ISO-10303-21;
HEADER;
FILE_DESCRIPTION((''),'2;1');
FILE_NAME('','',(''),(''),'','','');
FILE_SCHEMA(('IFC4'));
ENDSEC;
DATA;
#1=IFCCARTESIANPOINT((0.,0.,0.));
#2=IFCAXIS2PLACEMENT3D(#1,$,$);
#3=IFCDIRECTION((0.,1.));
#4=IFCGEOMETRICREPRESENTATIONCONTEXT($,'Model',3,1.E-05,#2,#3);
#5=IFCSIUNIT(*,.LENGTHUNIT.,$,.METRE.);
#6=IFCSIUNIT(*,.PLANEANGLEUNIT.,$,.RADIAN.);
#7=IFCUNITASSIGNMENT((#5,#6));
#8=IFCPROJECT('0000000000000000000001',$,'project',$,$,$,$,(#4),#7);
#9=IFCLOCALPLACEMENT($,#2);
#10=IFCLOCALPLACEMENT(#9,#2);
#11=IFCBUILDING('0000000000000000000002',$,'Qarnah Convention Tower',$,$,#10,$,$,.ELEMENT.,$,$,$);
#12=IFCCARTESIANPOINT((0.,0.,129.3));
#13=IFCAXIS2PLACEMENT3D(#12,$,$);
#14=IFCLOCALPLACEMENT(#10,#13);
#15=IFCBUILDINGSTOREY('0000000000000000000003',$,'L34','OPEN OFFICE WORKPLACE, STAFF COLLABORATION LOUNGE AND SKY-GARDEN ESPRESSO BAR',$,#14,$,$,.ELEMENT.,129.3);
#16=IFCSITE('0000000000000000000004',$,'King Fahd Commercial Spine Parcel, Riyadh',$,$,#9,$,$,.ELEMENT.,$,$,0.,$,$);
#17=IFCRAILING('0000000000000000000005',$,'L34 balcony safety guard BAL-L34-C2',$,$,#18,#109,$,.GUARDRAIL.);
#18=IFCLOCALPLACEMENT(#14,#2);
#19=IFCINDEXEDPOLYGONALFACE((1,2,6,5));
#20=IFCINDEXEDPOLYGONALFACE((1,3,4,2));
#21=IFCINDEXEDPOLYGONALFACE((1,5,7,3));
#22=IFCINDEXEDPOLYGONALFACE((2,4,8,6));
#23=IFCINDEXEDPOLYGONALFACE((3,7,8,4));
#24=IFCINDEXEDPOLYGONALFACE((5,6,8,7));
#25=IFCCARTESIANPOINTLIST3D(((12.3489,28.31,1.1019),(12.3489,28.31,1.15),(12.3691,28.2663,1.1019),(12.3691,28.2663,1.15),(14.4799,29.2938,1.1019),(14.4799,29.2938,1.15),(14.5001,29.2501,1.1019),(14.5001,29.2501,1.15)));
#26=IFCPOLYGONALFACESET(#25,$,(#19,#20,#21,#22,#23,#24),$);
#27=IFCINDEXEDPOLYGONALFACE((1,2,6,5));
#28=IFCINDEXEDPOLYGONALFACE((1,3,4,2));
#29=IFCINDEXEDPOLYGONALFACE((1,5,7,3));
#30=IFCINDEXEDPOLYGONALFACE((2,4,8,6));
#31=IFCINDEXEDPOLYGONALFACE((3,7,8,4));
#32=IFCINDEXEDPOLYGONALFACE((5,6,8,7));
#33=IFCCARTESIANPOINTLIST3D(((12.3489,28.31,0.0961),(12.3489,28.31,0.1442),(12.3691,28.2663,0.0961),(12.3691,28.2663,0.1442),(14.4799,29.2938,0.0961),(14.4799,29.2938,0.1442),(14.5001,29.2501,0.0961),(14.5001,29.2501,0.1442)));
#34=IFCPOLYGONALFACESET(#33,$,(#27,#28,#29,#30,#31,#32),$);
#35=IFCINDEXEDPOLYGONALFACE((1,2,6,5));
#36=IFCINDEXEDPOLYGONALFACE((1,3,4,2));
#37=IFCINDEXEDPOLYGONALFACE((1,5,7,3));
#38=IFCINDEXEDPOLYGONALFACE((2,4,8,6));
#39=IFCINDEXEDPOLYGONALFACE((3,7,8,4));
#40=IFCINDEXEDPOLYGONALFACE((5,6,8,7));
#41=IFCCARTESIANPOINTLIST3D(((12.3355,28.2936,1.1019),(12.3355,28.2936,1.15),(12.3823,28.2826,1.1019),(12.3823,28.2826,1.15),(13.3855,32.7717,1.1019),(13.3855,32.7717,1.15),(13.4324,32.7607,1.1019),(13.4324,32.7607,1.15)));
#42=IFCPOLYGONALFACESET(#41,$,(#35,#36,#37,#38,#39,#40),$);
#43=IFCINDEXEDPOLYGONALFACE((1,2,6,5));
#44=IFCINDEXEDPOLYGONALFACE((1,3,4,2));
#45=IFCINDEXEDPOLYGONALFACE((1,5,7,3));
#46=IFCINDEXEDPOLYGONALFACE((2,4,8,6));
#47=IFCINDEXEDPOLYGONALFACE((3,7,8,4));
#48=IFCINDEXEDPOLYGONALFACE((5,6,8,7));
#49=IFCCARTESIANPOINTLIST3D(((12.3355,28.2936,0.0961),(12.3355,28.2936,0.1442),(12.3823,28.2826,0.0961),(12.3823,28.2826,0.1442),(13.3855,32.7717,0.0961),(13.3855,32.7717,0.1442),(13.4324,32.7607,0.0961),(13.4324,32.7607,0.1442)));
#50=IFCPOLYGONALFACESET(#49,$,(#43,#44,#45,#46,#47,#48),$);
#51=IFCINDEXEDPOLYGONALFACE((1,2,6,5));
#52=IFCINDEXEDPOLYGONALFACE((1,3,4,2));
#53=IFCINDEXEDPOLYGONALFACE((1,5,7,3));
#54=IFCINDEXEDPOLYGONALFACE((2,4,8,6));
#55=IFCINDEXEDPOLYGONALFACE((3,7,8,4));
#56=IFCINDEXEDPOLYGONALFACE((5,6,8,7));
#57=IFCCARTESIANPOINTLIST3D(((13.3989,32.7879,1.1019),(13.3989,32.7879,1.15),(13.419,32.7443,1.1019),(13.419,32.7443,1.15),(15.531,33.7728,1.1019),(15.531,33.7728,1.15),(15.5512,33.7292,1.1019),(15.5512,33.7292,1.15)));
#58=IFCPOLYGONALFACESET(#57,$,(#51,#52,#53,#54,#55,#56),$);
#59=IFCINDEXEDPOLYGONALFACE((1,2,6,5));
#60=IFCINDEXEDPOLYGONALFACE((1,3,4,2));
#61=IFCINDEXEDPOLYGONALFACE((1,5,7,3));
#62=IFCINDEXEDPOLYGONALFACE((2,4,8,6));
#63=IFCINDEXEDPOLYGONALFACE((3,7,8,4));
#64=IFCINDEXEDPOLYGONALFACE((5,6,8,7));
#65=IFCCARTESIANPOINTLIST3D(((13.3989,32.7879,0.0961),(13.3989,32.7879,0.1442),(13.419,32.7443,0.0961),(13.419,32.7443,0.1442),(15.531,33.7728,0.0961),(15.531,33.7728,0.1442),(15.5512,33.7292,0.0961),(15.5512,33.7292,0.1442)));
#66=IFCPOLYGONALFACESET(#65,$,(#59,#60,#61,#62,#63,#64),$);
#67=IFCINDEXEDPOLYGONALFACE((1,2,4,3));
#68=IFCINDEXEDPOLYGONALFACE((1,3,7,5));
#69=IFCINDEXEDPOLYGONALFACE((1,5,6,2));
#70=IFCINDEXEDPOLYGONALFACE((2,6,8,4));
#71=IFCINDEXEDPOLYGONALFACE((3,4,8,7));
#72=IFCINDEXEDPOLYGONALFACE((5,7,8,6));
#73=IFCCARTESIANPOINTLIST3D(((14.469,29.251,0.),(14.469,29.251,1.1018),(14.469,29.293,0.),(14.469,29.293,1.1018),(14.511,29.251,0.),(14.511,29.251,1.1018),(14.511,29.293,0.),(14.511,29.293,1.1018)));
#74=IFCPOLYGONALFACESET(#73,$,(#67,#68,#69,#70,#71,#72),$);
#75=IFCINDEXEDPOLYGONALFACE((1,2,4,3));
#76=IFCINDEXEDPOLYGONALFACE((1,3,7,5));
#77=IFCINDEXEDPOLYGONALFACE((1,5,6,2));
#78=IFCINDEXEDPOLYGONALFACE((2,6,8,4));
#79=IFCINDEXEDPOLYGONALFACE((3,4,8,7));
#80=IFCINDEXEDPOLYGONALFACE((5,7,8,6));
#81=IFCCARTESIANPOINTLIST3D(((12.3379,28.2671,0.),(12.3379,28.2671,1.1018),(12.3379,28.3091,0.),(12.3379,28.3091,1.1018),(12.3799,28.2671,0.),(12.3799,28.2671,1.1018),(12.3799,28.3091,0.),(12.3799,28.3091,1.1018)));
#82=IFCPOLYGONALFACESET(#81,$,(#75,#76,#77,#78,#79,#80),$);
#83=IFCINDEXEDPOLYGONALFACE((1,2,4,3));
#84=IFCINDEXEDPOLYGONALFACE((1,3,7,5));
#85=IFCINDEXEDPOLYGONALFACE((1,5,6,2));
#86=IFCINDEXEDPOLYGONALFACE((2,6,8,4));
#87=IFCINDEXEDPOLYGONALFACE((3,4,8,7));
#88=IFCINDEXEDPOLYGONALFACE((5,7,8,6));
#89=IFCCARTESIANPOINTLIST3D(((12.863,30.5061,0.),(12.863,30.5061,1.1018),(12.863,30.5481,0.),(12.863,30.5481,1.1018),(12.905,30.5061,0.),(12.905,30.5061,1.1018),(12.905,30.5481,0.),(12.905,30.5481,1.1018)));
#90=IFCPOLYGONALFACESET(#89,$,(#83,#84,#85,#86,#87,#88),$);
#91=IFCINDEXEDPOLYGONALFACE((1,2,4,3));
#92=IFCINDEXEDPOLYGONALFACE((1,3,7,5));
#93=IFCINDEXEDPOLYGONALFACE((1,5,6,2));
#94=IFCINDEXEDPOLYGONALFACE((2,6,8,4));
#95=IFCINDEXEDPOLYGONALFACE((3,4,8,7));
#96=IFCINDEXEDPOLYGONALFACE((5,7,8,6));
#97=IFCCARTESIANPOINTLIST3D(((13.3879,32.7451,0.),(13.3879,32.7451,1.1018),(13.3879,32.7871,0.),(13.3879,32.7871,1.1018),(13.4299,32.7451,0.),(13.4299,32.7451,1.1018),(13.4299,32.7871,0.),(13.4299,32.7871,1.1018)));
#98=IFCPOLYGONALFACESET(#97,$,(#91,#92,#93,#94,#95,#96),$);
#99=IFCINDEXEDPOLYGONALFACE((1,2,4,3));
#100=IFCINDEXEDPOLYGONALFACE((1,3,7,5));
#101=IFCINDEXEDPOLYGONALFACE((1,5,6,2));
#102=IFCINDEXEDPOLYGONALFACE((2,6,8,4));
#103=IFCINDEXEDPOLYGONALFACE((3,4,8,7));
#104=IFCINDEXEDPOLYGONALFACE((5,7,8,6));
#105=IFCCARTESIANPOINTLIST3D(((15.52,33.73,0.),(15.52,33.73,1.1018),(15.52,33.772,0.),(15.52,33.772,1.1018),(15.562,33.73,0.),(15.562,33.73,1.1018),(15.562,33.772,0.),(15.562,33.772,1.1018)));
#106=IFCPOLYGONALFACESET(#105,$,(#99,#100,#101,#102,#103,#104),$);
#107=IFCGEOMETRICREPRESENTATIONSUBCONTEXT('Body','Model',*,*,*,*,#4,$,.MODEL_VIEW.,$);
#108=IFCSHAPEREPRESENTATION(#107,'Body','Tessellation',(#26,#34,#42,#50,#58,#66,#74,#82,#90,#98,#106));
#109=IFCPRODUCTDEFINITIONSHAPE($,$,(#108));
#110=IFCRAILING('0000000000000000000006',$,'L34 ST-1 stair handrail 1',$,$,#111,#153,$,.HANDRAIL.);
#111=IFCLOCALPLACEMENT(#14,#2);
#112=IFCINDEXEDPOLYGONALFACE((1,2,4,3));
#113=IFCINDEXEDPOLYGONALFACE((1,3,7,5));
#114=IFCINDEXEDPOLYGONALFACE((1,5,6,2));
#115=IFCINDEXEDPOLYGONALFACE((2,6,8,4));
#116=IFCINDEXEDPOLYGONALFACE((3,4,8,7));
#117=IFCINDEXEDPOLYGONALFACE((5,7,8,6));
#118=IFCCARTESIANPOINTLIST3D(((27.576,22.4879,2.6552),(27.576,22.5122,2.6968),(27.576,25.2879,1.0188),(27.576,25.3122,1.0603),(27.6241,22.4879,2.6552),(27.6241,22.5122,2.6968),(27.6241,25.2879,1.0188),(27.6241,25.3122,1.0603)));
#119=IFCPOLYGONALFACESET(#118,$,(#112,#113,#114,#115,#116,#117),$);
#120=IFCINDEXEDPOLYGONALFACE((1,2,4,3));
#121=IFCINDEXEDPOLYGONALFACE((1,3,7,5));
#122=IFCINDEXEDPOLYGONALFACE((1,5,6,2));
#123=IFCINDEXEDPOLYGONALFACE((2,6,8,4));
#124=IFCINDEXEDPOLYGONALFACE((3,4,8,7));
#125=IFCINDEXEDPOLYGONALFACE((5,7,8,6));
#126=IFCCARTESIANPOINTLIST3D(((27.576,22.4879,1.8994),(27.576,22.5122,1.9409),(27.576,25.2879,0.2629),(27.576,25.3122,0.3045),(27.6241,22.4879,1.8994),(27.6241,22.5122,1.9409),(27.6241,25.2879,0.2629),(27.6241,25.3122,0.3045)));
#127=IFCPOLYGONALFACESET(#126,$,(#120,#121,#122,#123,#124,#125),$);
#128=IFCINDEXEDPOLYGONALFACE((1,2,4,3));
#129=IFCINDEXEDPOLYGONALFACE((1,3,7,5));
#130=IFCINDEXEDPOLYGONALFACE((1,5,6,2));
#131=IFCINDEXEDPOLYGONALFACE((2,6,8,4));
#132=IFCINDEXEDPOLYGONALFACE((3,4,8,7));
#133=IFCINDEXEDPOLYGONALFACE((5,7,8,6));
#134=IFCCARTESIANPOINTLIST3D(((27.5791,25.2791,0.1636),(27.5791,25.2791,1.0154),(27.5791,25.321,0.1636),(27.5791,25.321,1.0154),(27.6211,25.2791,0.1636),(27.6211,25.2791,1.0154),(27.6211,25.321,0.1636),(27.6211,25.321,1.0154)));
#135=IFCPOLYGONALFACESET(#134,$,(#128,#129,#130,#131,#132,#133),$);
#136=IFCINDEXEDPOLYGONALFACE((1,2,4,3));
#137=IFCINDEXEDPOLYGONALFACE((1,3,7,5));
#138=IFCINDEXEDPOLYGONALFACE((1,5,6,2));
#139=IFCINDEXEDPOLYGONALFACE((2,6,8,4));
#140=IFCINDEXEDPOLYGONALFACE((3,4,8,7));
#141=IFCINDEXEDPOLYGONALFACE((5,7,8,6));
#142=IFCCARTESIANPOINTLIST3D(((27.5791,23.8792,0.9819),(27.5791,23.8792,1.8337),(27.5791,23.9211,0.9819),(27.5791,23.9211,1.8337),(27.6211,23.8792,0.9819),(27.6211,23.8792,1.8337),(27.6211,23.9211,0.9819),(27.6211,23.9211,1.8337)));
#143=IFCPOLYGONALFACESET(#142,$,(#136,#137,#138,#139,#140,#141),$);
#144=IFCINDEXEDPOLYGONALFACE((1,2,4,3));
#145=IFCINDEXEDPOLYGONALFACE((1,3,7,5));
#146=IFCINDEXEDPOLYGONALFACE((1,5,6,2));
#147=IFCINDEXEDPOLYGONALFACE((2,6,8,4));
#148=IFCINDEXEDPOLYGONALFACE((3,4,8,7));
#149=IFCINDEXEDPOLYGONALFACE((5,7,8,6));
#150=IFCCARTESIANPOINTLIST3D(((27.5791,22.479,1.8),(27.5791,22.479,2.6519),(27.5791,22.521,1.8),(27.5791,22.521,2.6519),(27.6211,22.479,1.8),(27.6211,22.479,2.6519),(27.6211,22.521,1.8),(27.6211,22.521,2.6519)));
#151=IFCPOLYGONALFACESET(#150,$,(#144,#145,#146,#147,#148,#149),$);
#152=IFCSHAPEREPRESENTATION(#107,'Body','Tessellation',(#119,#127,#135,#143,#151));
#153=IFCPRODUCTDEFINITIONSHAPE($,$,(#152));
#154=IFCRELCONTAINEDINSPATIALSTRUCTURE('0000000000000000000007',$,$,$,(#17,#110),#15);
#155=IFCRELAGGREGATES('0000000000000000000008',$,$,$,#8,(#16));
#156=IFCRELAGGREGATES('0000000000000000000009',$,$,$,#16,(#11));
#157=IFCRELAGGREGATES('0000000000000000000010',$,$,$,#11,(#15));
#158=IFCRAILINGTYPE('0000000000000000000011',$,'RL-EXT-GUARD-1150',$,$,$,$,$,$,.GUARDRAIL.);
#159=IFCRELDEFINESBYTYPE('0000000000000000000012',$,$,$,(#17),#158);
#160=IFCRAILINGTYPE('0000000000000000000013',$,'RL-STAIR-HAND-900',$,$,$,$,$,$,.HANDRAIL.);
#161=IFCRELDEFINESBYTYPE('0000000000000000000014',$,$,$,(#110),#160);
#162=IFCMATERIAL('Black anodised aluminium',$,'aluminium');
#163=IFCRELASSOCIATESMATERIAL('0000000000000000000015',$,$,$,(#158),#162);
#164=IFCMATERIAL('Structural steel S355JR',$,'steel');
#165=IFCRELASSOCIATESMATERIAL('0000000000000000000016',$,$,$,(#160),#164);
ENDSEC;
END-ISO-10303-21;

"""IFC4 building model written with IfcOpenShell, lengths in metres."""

from ifc_helpers import new_model, si_unit, direction, frame, origin, origin_2d, place, context, subcontext, project, spatial, rectangle, extrude, material, type_object, element, save


model = new_model("IFC4")

# Units and contexts
model_context = context("Model", 3, precision=1e-05, world=origin(), true_north=direction((0.0, 1.0)))
body_context = subcontext(model_context, "Body", "Model", "MODEL_VIEW")
ifc_project = project(units=[si_unit("LENGTHUNIT", "METRE"), si_unit("PLANEANGLEUNIT", "RADIAN")], contexts=[model_context])

# Site, building, storey
site_placement = place(None, origin())
site = spatial("IfcSite", under=ifc_project, at=site_placement, Name="King Fahd Commercial Spine Parcel, Riyadh", CompositionType="ELEMENT", RefElevation=0.0)
building_placement = place(site_placement, origin())
building = spatial("IfcBuilding", under=site, at=building_placement, Name="Qarnah Convention Tower", CompositionType="ELEMENT")
storey_placement = place(building_placement, frame((0.0, 0.0, 129.3)))
storey = spatial("IfcBuildingStorey", under=building, at=storey_placement, Name="L34", Description="OPEN OFFICE WORKPLACE, STAFF COLLABORATION LOUNGE AND SKY-GARDEN ESPRESSO BAR", CompositionType="ELEMENT", Elevation=129.3)

# Shared definitions
ifc_material_1 = material(Name="Structural steel S355JR", Category="steel")

# Shared definitions
ifc_material_2 = material(Name="Black anodised aluminium", Category="aluminium")

# Railings
railing_type_1 = type_object("IfcRailingType", Name="RL-EXT-GUARD-1150", PredefinedType="GUARDRAIL", material=ifc_material_2)
railing_1_placement = place(storey_placement, frame((14.49, 29.272, 0.0)))
element("IfcRailing", 1, at=railing_1_placement, inside=storey, type_object=railing_type_1, Name="L34 balcony safety guard BAL-L34-C2", PredefinedType="GUARDRAIL", context=body_context, shape_type="SweptSolid", body=[
    extrude(rectangle(XDim=0.0481, YDim=0.0481, at=origin_2d()), frame((0.0, 0.0, 1.126), z_axis=(-0.907911, -0.419164, 0.0), x_axis=(0.419164, -0.907911, 0.0)), (0.0, 0.0, 1.0), 2.3472),
    extrude(rectangle(XDim=0.0481, YDim=0.0481, at=origin_2d()), frame((0.0, 0.0, 0.1201), z_axis=(-0.907911, -0.419164, 0.0), x_axis=(0.419164, -0.907911, 0.0)), (0.0, 0.0, 1.0), 2.3472),
    extrude(rectangle(XDim=0.0481, YDim=0.0481, at=origin_2d()), frame((-2.1311, -0.9839, 1.126), z_axis=(0.228297, 0.973592, 0.0), x_axis=(-0.973592, 0.228297, 0.0)), (0.0, 0.0, 1.0), 4.5996),
    extrude(rectangle(XDim=0.0481, YDim=0.0481, at=origin_2d()), frame((-2.1311, -0.9839, 0.1201), z_axis=(0.228297, 0.973592, 0.0), x_axis=(-0.973592, 0.228297, 0.0)), (0.0, 0.0, 1.0), 4.5996),
    extrude(rectangle(XDim=0.0481, YDim=0.0481, at=origin_2d()), frame((-1.0811, 3.4941, 1.126), z_axis=(0.907825, 0.419348, 0.0), x_axis=(-0.419348, 0.907825, 0.0)), (0.0, 0.0, 1.0), 2.3486),
    extrude(rectangle(XDim=0.0481, YDim=0.0481, at=origin_2d()), frame((-1.0811, 3.4941, 0.1201), z_axis=(0.907825, 0.419348, 0.0), x_axis=(-0.419348, 0.907825, 0.0)), (0.0, 0.0, 1.0), 2.3486),
    extrude(rectangle(XDim=0.042, YDim=0.042, at=origin_2d()), origin(), (0.0, 0.0, 1.0), 1.1018),
    extrude(rectangle(XDim=0.042, YDim=0.042, at=origin_2d()), frame((-2.1311, -0.9839, 0.0)), (0.0, 0.0, 1.0), 1.1018),
    extrude(rectangle(XDim=0.042, YDim=0.042, at=origin_2d()), frame((-1.606, 1.2551, 0.0)), (0.0, 0.0, 1.0), 1.1018),
    extrude(rectangle(XDim=0.042, YDim=0.042, at=origin_2d()), frame((-1.0811, 3.4941, 0.0)), (0.0, 0.0, 1.0), 1.1018),
    extrude(rectangle(XDim=0.042, YDim=0.042, at=origin_2d()), frame((1.051, 4.479, 0.0)), (0.0, 0.0, 1.0), 1.1018),
])
railing_type_2 = type_object("IfcRailingType", Name="RL-STAIR-HAND-900", PredefinedType="HANDRAIL", material=ifc_material_1)
railing_2_placement = place(storey_placement, frame((27.6001, 25.3, 0.1636)))
element("IfcRailing", 2, at=railing_2_placement, inside=storey, type_object=railing_type_2, Name="L34 ST-1 stair handrail 1", PredefinedType="HANDRAIL", context=body_context, shape_type="SweptSolid", body=[
    extrude(rectangle(XDim=0.0481, YDim=0.0481, at=origin_2d()), frame((0.0, 0.0, 0.876), z_axis=(0.0, -0.863361, 0.504587), x_axis=(1.0, 0.0, 0.0)), (0.0, 0.0, 1.0), 3.2432),
    extrude(rectangle(XDim=0.0481, YDim=0.0481, at=origin_2d()), frame((0.0, 0.0, 0.1201), z_axis=(0.0, -0.863361, 0.504587), x_axis=(1.0, 0.0, 0.0)), (0.0, 0.0, 1.0), 3.2432),
    extrude(rectangle(XDim=0.042, YDim=0.042, at=origin_2d()), origin(), (0.0, 0.0, 1.0), 0.8518),
    extrude(rectangle(XDim=0.042, YDim=0.042, at=origin_2d()), frame((0.0, -1.3999, 0.8184)), (0.0, 0.0, 1.0), 0.8518),
    extrude(rectangle(XDim=0.042, YDim=0.042, at=origin_2d()), frame((0.0, -2.8, 1.6365)), (0.0, 0.0, 1.0), 0.8518),
])

save(model, "model.ifc")
